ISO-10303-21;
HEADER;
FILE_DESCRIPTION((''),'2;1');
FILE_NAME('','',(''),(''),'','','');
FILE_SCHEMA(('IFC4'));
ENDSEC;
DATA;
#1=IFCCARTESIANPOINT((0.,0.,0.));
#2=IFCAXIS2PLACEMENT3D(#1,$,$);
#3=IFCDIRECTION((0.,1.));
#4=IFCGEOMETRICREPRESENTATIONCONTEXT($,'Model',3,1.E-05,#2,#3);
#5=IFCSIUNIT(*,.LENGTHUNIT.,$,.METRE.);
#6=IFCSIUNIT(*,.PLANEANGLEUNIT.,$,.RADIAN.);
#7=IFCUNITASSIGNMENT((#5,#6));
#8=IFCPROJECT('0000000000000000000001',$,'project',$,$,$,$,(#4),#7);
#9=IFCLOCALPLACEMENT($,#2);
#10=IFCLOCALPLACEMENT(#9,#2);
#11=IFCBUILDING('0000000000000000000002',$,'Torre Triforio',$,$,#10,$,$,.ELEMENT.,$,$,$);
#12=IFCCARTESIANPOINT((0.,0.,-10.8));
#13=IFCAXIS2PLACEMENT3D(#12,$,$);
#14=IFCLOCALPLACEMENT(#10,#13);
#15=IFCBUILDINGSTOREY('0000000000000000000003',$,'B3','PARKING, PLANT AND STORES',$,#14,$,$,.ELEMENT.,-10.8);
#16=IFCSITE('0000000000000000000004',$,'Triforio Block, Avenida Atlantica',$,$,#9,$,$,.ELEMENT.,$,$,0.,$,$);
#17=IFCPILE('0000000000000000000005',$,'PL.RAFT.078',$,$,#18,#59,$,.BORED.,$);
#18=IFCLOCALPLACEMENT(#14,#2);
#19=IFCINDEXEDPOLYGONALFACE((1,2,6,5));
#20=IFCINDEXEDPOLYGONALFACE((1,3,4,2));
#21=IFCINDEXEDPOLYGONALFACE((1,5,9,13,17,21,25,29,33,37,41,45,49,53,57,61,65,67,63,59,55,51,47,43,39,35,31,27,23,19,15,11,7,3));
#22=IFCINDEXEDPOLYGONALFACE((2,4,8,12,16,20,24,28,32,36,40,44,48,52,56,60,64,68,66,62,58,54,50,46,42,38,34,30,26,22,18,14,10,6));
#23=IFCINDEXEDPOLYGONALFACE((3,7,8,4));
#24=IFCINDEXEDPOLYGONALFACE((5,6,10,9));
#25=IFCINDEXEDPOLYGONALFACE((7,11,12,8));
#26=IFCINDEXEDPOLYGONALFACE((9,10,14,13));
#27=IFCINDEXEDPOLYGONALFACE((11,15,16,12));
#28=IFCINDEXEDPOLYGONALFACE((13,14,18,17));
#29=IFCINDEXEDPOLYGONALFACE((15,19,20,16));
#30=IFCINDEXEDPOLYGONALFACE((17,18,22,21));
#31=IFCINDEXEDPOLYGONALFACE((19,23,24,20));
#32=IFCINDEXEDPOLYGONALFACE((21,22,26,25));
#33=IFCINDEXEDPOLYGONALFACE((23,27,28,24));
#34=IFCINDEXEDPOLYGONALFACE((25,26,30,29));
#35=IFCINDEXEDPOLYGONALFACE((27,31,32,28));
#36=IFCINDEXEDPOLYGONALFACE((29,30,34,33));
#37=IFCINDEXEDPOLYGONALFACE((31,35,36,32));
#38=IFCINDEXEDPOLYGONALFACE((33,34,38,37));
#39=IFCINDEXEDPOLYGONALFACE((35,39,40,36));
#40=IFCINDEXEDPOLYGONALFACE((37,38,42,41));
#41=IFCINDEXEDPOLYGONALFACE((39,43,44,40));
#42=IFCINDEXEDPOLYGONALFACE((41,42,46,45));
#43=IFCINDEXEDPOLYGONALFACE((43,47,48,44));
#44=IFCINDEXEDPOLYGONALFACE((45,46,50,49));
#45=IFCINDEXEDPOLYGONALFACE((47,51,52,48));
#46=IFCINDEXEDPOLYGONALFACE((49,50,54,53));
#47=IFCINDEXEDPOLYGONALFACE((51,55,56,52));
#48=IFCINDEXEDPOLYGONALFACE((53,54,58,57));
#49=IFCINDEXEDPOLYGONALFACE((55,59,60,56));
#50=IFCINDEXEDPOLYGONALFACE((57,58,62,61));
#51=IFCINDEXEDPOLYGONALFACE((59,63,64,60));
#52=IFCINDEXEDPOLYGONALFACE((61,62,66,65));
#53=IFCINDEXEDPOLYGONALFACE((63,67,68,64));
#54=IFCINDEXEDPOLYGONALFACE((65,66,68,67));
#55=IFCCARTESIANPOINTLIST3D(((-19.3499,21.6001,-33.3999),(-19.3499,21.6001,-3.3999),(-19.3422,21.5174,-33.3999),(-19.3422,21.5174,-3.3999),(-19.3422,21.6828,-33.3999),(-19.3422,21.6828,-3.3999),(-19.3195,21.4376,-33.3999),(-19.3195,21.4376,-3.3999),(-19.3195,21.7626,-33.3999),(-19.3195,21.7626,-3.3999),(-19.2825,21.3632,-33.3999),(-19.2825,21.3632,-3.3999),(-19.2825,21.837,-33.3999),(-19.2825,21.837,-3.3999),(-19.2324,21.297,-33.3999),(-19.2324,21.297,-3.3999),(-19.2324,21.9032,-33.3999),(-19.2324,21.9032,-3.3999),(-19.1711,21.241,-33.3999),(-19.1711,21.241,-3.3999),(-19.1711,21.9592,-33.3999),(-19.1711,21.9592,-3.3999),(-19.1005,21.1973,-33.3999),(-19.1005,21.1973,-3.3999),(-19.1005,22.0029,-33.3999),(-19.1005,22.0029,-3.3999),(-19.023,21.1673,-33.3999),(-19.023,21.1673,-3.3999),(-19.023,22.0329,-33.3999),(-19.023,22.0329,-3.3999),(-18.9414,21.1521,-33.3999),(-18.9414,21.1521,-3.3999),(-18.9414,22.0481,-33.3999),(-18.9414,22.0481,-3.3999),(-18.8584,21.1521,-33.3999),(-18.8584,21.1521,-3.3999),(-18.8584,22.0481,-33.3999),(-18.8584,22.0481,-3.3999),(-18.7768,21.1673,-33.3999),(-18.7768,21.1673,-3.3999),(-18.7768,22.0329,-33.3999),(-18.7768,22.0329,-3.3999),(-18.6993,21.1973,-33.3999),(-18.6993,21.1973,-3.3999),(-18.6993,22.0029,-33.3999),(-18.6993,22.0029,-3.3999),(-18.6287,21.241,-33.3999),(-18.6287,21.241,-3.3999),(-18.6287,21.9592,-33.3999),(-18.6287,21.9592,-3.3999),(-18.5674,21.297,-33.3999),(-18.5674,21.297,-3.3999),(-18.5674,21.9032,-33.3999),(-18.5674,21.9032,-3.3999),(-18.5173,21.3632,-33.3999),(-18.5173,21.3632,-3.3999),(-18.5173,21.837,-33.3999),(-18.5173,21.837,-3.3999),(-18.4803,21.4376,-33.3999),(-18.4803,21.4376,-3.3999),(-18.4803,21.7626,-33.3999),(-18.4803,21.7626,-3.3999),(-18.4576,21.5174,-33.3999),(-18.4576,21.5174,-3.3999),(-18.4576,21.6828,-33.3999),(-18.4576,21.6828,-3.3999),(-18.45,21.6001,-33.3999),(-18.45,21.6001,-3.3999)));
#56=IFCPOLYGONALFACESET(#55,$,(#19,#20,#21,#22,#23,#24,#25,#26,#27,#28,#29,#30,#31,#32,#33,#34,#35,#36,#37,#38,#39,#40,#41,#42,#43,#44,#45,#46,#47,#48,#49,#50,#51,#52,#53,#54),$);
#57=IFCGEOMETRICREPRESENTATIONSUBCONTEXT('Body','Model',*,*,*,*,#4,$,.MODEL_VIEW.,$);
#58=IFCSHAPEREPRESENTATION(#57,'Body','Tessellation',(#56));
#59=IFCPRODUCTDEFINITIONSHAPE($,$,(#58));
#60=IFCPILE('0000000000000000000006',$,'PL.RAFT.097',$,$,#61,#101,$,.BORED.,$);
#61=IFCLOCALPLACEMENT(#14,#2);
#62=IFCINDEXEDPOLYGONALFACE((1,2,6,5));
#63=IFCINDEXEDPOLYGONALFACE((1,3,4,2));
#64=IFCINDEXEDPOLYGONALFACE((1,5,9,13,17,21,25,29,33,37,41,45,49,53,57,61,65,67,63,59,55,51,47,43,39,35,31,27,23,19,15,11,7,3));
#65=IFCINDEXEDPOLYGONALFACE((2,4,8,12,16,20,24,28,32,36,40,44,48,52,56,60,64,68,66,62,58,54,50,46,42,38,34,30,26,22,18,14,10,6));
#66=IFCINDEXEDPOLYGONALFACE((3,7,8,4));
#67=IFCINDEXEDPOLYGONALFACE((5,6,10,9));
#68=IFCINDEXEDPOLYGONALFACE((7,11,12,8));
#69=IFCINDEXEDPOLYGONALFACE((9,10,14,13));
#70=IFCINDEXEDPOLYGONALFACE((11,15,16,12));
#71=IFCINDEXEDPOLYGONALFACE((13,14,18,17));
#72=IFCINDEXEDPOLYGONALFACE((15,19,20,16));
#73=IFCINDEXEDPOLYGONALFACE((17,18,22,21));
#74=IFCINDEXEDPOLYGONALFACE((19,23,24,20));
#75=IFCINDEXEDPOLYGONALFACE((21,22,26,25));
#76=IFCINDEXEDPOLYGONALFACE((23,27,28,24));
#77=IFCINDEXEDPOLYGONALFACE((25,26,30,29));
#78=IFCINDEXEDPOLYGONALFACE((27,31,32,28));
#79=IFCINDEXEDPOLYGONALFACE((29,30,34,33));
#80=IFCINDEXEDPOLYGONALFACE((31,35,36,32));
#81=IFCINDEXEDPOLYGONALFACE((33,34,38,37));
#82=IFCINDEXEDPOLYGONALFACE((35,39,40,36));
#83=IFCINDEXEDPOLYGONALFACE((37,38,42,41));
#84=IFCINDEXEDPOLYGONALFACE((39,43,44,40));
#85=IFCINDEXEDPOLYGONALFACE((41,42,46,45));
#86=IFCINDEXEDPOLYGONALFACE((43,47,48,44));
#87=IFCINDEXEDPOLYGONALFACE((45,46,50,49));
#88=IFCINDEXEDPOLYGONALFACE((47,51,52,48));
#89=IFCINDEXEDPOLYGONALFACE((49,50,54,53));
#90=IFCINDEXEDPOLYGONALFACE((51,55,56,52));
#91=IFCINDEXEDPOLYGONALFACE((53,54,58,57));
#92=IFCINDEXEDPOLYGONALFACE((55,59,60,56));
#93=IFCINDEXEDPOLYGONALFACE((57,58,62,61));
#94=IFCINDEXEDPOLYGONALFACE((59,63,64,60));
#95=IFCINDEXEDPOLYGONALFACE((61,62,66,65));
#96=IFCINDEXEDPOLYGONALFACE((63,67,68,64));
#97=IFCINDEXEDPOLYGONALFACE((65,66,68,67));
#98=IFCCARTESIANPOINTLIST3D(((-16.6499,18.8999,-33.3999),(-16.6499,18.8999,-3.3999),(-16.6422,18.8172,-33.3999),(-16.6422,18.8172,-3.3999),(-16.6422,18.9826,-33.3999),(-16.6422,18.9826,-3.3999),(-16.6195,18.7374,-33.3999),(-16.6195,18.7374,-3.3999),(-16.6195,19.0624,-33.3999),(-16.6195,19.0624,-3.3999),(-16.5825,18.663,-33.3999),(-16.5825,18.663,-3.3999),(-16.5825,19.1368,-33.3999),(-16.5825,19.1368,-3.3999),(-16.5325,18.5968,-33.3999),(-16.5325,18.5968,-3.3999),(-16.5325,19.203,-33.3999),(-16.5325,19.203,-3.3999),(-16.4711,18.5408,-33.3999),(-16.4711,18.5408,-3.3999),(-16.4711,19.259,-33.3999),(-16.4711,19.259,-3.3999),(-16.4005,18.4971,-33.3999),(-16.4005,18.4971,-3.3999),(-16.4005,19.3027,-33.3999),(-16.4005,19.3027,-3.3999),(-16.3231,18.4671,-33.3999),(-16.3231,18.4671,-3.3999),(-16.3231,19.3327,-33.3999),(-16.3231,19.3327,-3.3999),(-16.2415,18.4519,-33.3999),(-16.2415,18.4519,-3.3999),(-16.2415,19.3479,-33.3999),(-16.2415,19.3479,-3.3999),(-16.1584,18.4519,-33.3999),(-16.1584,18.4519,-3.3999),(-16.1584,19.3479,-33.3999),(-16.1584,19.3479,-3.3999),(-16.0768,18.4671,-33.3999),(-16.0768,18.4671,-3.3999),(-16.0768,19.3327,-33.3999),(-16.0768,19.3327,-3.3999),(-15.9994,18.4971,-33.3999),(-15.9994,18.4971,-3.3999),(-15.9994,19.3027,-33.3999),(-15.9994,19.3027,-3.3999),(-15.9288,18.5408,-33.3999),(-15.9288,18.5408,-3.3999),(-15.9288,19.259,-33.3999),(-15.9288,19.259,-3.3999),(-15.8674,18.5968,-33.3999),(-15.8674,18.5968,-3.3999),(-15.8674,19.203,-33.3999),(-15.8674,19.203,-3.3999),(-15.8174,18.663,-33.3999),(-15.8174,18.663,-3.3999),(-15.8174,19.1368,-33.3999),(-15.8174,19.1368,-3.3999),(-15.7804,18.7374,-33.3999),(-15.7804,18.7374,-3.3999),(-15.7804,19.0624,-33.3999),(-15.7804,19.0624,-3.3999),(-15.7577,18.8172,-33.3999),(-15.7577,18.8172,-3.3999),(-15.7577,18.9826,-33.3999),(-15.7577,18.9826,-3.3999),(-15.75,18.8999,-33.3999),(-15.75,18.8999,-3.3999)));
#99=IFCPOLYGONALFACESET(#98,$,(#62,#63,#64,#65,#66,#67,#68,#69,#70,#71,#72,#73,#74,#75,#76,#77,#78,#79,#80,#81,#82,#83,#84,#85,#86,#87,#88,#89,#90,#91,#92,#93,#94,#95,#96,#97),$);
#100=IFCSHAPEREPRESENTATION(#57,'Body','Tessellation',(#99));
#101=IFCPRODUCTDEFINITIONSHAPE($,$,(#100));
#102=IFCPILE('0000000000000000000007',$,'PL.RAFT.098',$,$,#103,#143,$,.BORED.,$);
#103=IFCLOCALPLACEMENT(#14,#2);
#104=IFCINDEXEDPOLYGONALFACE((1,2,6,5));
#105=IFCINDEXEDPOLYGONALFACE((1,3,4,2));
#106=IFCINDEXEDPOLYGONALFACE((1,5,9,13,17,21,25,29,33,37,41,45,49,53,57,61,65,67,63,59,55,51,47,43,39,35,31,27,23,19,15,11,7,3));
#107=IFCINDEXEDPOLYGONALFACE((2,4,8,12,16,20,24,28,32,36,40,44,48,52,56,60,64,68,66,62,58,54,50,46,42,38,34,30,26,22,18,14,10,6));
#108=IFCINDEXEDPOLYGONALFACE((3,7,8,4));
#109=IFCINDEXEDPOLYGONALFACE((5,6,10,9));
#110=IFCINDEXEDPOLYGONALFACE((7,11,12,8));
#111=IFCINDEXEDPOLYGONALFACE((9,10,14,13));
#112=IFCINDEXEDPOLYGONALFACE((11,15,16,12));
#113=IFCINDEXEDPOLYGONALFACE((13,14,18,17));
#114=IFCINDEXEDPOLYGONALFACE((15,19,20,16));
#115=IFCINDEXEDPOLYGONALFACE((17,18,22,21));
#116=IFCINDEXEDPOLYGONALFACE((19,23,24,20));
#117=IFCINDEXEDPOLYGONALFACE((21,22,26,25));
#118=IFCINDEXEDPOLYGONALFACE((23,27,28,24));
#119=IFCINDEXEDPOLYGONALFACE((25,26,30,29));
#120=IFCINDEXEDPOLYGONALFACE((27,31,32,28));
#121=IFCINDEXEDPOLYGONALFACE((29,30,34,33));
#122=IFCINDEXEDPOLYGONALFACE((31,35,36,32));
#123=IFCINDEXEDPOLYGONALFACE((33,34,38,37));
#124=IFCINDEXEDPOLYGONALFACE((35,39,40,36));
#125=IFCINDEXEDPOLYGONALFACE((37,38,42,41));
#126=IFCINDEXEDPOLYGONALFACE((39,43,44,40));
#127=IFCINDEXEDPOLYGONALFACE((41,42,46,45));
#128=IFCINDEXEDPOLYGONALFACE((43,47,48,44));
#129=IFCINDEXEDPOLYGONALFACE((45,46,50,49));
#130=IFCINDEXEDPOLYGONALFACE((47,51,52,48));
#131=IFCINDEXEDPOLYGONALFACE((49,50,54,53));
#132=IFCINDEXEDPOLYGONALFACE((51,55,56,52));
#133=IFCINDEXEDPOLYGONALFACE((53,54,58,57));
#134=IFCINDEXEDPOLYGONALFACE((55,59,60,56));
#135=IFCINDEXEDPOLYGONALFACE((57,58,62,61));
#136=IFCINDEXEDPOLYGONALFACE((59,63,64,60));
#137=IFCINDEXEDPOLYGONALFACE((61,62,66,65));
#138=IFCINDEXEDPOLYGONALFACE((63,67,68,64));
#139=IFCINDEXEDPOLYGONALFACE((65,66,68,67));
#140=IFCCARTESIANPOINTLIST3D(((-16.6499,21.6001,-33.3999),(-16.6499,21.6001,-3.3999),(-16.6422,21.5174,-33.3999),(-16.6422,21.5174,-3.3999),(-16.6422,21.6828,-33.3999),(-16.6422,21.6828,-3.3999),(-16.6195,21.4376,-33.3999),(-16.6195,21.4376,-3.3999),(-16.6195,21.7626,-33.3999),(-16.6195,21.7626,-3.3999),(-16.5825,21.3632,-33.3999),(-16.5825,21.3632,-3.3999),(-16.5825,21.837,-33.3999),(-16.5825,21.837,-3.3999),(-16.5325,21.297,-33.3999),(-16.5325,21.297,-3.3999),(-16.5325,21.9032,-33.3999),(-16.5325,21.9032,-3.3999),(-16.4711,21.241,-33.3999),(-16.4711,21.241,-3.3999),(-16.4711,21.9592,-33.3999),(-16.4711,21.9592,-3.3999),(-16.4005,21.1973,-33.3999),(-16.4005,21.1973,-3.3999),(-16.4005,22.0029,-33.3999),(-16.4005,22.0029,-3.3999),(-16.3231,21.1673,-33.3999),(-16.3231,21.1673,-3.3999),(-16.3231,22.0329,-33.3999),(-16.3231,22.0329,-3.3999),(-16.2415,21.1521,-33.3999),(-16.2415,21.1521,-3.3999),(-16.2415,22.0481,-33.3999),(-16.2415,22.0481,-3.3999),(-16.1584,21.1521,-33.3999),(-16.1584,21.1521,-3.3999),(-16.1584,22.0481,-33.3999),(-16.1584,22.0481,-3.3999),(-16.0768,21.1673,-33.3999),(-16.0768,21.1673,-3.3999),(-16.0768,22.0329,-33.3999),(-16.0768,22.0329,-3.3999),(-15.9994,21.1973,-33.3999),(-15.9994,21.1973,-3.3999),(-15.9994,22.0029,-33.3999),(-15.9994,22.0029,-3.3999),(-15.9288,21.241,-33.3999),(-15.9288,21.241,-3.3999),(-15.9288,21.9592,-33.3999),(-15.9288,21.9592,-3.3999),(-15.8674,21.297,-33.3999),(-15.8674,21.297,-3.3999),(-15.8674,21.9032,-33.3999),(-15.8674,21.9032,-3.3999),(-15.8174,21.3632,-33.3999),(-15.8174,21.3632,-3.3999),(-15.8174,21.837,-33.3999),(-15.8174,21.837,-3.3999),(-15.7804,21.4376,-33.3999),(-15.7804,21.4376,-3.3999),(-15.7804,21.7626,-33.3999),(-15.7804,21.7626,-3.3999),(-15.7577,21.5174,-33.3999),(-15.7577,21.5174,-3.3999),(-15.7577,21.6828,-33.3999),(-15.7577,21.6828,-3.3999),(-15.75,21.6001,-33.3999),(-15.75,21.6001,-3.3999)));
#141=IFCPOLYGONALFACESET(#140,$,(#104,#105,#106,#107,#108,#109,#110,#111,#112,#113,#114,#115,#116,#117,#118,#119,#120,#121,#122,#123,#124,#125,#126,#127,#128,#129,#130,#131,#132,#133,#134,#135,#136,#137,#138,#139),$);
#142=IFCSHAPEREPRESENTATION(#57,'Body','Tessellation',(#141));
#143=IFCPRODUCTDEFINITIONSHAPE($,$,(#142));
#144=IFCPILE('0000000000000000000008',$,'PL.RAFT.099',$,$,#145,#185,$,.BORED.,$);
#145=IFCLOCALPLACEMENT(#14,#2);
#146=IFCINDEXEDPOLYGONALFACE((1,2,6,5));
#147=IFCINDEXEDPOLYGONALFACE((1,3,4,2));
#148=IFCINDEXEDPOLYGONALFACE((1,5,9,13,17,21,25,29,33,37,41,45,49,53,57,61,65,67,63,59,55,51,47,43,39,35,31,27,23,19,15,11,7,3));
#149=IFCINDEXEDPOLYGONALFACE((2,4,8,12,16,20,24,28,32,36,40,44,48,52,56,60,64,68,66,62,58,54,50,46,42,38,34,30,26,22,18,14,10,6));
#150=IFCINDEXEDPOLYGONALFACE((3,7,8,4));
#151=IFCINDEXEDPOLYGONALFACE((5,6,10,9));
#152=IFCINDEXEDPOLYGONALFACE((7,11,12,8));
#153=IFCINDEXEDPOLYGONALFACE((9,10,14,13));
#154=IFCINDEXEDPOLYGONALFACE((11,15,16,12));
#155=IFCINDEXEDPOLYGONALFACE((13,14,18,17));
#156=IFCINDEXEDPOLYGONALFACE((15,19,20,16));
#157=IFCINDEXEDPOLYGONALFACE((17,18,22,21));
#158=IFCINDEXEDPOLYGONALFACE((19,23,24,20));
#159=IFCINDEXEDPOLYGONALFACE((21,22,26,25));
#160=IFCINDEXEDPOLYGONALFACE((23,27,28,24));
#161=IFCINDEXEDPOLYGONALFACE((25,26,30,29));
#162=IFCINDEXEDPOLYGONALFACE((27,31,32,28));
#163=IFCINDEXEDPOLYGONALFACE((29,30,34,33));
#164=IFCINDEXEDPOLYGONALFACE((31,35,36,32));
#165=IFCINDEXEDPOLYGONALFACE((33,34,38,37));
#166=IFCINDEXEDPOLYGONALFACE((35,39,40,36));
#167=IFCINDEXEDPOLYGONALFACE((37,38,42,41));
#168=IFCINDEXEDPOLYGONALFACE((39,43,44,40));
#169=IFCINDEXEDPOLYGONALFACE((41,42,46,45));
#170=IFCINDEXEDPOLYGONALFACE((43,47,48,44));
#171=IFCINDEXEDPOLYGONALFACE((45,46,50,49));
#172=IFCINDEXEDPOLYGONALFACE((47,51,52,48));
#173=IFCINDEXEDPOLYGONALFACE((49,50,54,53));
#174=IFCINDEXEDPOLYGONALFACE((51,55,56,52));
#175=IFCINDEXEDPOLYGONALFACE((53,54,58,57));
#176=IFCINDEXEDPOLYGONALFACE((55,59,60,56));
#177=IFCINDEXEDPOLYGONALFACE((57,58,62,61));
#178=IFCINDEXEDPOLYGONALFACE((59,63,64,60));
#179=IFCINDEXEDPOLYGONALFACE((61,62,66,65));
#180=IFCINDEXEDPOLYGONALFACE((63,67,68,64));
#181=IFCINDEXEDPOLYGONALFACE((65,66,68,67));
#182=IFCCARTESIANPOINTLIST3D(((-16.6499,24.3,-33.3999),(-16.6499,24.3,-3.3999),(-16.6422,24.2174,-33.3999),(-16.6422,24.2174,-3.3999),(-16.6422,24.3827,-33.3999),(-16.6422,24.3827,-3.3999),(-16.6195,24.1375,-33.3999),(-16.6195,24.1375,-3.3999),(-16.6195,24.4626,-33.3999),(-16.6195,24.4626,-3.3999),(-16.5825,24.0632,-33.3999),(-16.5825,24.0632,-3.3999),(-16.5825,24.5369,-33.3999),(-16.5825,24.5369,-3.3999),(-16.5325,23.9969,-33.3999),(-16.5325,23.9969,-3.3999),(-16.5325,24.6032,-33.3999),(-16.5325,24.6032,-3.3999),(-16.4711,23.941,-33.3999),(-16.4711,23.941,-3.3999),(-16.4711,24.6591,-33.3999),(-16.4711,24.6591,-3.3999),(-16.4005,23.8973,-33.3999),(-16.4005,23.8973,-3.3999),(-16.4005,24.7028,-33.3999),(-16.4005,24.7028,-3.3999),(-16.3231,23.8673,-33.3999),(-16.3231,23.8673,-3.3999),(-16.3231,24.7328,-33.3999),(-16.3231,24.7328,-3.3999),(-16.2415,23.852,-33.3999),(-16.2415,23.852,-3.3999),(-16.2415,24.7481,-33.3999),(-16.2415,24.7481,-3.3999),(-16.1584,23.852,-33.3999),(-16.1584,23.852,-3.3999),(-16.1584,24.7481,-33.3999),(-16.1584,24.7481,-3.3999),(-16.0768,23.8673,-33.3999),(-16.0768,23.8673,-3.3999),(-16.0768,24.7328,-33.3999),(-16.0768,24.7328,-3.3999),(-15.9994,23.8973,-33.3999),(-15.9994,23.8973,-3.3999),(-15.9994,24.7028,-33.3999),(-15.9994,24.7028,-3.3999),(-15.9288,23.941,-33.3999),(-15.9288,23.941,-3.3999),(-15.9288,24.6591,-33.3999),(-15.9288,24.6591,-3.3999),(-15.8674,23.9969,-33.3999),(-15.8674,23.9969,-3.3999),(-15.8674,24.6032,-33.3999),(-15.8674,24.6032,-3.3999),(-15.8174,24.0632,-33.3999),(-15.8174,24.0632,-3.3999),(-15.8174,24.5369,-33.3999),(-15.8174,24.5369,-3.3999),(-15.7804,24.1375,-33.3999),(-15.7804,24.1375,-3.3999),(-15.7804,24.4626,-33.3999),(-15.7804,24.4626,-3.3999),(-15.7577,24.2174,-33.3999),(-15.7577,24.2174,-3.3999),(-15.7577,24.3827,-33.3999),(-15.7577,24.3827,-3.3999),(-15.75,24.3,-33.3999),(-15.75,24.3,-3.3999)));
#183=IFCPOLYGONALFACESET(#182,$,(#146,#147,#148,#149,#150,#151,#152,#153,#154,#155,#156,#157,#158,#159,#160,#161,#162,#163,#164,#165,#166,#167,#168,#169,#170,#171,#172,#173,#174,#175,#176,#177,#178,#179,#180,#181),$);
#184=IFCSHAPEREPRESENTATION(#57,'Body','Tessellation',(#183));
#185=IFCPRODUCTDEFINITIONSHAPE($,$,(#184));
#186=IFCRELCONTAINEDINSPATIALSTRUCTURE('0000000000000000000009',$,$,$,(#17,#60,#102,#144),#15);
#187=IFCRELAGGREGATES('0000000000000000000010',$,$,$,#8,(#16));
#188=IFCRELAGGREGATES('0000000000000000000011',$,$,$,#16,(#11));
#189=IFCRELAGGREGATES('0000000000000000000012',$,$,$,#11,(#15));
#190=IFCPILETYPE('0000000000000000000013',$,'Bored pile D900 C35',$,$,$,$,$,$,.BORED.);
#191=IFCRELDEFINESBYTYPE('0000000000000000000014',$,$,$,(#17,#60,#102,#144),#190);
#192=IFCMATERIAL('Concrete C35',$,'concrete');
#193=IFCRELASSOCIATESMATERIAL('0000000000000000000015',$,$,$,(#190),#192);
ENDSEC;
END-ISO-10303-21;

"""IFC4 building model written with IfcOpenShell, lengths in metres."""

from ifc_helpers import new_model, si_unit, direction, frame, origin, origin_2d, place, context, subcontext, project, spatial, circle, extrude, material, material_profile, profile_set, type_object, element, save


model = new_model("IFC4")

# Units and contexts
model_context = context("Model", 3, precision=1e-05, world=origin(), true_north=direction((0.0, 1.0)))
body_context = subcontext(model_context, "Body", "Model", "MODEL_VIEW")
ifc_project = project(units=[si_unit("LENGTHUNIT", "METRE"), si_unit("PLANEANGLEUNIT", "RADIAN")], contexts=[model_context])

# Site, building, storey
site_placement = place(None, origin())
site = spatial("IfcSite", under=ifc_project, at=site_placement, Name="Triforio Block, Avenida Atlantica", CompositionType="ELEMENT", RefElevation=0.0)
building_placement = place(site_placement, origin())
building = spatial("IfcBuilding", under=site, at=building_placement, Name="Torre Triforio", CompositionType="ELEMENT")
storey_placement = place(building_placement, frame((0.0, 0.0, -10.8)))
storey = spatial("IfcBuildingStorey", under=building, at=storey_placement, Name="B3", Description="PARKING, PLANT AND STORES", CompositionType="ELEMENT", Elevation=-10.8)

# Piles
ifc_material_1 = material(Name="Concrete C35", Category="concrete")
ifc_material_profile_1 = material_profile(ifc_material_1, circle(Radius=0.45, at=origin_2d()), Name="RC D900")
ifc_profile_set_1 = profile_set([ifc_material_profile_1], Name="Concrete C35")
pile_type = type_object("IfcPileType", Name="Bored pile D900 C35", PredefinedType="BORED", material=ifc_profile_set_1)
for number, where, z_axis, x_axis, name in (
    (1, (-18.8999, 21.6001, -3.3999), (0.0, 0.0, -1.0), (1.0, 0.0, 0.0), "PL.RAFT.078"),
    (2, (-16.2, 18.8999, -3.3999), (0.0, 0.0, -1.0), (1.0, 0.0, 0.0), "PL.RAFT.097"),
    (3, (-16.2, 21.6001, -3.3999), (0.0, 0.0, -1.0), (1.0, 0.0, 0.0), "PL.RAFT.098"),
    (4, (-16.2, 24.3, -3.3999), (0.0, 0.0, -1.0), (1.0, 0.0, 0.0), "PL.RAFT.099"),
):
    element("IfcPile", number, at=place(storey_placement, frame(where, z_axis=z_axis, x_axis=x_axis)), inside=storey, type_object=pile_type, Name=name, PredefinedType="BORED", context=body_context, shape_type="SweptSolid", body=[
        extrude(circle(Radius=0.45, at=origin_2d()), origin(), (0.0, 0.0, 1.0), 30.0),
    ])

save(model, "model.ifc")
